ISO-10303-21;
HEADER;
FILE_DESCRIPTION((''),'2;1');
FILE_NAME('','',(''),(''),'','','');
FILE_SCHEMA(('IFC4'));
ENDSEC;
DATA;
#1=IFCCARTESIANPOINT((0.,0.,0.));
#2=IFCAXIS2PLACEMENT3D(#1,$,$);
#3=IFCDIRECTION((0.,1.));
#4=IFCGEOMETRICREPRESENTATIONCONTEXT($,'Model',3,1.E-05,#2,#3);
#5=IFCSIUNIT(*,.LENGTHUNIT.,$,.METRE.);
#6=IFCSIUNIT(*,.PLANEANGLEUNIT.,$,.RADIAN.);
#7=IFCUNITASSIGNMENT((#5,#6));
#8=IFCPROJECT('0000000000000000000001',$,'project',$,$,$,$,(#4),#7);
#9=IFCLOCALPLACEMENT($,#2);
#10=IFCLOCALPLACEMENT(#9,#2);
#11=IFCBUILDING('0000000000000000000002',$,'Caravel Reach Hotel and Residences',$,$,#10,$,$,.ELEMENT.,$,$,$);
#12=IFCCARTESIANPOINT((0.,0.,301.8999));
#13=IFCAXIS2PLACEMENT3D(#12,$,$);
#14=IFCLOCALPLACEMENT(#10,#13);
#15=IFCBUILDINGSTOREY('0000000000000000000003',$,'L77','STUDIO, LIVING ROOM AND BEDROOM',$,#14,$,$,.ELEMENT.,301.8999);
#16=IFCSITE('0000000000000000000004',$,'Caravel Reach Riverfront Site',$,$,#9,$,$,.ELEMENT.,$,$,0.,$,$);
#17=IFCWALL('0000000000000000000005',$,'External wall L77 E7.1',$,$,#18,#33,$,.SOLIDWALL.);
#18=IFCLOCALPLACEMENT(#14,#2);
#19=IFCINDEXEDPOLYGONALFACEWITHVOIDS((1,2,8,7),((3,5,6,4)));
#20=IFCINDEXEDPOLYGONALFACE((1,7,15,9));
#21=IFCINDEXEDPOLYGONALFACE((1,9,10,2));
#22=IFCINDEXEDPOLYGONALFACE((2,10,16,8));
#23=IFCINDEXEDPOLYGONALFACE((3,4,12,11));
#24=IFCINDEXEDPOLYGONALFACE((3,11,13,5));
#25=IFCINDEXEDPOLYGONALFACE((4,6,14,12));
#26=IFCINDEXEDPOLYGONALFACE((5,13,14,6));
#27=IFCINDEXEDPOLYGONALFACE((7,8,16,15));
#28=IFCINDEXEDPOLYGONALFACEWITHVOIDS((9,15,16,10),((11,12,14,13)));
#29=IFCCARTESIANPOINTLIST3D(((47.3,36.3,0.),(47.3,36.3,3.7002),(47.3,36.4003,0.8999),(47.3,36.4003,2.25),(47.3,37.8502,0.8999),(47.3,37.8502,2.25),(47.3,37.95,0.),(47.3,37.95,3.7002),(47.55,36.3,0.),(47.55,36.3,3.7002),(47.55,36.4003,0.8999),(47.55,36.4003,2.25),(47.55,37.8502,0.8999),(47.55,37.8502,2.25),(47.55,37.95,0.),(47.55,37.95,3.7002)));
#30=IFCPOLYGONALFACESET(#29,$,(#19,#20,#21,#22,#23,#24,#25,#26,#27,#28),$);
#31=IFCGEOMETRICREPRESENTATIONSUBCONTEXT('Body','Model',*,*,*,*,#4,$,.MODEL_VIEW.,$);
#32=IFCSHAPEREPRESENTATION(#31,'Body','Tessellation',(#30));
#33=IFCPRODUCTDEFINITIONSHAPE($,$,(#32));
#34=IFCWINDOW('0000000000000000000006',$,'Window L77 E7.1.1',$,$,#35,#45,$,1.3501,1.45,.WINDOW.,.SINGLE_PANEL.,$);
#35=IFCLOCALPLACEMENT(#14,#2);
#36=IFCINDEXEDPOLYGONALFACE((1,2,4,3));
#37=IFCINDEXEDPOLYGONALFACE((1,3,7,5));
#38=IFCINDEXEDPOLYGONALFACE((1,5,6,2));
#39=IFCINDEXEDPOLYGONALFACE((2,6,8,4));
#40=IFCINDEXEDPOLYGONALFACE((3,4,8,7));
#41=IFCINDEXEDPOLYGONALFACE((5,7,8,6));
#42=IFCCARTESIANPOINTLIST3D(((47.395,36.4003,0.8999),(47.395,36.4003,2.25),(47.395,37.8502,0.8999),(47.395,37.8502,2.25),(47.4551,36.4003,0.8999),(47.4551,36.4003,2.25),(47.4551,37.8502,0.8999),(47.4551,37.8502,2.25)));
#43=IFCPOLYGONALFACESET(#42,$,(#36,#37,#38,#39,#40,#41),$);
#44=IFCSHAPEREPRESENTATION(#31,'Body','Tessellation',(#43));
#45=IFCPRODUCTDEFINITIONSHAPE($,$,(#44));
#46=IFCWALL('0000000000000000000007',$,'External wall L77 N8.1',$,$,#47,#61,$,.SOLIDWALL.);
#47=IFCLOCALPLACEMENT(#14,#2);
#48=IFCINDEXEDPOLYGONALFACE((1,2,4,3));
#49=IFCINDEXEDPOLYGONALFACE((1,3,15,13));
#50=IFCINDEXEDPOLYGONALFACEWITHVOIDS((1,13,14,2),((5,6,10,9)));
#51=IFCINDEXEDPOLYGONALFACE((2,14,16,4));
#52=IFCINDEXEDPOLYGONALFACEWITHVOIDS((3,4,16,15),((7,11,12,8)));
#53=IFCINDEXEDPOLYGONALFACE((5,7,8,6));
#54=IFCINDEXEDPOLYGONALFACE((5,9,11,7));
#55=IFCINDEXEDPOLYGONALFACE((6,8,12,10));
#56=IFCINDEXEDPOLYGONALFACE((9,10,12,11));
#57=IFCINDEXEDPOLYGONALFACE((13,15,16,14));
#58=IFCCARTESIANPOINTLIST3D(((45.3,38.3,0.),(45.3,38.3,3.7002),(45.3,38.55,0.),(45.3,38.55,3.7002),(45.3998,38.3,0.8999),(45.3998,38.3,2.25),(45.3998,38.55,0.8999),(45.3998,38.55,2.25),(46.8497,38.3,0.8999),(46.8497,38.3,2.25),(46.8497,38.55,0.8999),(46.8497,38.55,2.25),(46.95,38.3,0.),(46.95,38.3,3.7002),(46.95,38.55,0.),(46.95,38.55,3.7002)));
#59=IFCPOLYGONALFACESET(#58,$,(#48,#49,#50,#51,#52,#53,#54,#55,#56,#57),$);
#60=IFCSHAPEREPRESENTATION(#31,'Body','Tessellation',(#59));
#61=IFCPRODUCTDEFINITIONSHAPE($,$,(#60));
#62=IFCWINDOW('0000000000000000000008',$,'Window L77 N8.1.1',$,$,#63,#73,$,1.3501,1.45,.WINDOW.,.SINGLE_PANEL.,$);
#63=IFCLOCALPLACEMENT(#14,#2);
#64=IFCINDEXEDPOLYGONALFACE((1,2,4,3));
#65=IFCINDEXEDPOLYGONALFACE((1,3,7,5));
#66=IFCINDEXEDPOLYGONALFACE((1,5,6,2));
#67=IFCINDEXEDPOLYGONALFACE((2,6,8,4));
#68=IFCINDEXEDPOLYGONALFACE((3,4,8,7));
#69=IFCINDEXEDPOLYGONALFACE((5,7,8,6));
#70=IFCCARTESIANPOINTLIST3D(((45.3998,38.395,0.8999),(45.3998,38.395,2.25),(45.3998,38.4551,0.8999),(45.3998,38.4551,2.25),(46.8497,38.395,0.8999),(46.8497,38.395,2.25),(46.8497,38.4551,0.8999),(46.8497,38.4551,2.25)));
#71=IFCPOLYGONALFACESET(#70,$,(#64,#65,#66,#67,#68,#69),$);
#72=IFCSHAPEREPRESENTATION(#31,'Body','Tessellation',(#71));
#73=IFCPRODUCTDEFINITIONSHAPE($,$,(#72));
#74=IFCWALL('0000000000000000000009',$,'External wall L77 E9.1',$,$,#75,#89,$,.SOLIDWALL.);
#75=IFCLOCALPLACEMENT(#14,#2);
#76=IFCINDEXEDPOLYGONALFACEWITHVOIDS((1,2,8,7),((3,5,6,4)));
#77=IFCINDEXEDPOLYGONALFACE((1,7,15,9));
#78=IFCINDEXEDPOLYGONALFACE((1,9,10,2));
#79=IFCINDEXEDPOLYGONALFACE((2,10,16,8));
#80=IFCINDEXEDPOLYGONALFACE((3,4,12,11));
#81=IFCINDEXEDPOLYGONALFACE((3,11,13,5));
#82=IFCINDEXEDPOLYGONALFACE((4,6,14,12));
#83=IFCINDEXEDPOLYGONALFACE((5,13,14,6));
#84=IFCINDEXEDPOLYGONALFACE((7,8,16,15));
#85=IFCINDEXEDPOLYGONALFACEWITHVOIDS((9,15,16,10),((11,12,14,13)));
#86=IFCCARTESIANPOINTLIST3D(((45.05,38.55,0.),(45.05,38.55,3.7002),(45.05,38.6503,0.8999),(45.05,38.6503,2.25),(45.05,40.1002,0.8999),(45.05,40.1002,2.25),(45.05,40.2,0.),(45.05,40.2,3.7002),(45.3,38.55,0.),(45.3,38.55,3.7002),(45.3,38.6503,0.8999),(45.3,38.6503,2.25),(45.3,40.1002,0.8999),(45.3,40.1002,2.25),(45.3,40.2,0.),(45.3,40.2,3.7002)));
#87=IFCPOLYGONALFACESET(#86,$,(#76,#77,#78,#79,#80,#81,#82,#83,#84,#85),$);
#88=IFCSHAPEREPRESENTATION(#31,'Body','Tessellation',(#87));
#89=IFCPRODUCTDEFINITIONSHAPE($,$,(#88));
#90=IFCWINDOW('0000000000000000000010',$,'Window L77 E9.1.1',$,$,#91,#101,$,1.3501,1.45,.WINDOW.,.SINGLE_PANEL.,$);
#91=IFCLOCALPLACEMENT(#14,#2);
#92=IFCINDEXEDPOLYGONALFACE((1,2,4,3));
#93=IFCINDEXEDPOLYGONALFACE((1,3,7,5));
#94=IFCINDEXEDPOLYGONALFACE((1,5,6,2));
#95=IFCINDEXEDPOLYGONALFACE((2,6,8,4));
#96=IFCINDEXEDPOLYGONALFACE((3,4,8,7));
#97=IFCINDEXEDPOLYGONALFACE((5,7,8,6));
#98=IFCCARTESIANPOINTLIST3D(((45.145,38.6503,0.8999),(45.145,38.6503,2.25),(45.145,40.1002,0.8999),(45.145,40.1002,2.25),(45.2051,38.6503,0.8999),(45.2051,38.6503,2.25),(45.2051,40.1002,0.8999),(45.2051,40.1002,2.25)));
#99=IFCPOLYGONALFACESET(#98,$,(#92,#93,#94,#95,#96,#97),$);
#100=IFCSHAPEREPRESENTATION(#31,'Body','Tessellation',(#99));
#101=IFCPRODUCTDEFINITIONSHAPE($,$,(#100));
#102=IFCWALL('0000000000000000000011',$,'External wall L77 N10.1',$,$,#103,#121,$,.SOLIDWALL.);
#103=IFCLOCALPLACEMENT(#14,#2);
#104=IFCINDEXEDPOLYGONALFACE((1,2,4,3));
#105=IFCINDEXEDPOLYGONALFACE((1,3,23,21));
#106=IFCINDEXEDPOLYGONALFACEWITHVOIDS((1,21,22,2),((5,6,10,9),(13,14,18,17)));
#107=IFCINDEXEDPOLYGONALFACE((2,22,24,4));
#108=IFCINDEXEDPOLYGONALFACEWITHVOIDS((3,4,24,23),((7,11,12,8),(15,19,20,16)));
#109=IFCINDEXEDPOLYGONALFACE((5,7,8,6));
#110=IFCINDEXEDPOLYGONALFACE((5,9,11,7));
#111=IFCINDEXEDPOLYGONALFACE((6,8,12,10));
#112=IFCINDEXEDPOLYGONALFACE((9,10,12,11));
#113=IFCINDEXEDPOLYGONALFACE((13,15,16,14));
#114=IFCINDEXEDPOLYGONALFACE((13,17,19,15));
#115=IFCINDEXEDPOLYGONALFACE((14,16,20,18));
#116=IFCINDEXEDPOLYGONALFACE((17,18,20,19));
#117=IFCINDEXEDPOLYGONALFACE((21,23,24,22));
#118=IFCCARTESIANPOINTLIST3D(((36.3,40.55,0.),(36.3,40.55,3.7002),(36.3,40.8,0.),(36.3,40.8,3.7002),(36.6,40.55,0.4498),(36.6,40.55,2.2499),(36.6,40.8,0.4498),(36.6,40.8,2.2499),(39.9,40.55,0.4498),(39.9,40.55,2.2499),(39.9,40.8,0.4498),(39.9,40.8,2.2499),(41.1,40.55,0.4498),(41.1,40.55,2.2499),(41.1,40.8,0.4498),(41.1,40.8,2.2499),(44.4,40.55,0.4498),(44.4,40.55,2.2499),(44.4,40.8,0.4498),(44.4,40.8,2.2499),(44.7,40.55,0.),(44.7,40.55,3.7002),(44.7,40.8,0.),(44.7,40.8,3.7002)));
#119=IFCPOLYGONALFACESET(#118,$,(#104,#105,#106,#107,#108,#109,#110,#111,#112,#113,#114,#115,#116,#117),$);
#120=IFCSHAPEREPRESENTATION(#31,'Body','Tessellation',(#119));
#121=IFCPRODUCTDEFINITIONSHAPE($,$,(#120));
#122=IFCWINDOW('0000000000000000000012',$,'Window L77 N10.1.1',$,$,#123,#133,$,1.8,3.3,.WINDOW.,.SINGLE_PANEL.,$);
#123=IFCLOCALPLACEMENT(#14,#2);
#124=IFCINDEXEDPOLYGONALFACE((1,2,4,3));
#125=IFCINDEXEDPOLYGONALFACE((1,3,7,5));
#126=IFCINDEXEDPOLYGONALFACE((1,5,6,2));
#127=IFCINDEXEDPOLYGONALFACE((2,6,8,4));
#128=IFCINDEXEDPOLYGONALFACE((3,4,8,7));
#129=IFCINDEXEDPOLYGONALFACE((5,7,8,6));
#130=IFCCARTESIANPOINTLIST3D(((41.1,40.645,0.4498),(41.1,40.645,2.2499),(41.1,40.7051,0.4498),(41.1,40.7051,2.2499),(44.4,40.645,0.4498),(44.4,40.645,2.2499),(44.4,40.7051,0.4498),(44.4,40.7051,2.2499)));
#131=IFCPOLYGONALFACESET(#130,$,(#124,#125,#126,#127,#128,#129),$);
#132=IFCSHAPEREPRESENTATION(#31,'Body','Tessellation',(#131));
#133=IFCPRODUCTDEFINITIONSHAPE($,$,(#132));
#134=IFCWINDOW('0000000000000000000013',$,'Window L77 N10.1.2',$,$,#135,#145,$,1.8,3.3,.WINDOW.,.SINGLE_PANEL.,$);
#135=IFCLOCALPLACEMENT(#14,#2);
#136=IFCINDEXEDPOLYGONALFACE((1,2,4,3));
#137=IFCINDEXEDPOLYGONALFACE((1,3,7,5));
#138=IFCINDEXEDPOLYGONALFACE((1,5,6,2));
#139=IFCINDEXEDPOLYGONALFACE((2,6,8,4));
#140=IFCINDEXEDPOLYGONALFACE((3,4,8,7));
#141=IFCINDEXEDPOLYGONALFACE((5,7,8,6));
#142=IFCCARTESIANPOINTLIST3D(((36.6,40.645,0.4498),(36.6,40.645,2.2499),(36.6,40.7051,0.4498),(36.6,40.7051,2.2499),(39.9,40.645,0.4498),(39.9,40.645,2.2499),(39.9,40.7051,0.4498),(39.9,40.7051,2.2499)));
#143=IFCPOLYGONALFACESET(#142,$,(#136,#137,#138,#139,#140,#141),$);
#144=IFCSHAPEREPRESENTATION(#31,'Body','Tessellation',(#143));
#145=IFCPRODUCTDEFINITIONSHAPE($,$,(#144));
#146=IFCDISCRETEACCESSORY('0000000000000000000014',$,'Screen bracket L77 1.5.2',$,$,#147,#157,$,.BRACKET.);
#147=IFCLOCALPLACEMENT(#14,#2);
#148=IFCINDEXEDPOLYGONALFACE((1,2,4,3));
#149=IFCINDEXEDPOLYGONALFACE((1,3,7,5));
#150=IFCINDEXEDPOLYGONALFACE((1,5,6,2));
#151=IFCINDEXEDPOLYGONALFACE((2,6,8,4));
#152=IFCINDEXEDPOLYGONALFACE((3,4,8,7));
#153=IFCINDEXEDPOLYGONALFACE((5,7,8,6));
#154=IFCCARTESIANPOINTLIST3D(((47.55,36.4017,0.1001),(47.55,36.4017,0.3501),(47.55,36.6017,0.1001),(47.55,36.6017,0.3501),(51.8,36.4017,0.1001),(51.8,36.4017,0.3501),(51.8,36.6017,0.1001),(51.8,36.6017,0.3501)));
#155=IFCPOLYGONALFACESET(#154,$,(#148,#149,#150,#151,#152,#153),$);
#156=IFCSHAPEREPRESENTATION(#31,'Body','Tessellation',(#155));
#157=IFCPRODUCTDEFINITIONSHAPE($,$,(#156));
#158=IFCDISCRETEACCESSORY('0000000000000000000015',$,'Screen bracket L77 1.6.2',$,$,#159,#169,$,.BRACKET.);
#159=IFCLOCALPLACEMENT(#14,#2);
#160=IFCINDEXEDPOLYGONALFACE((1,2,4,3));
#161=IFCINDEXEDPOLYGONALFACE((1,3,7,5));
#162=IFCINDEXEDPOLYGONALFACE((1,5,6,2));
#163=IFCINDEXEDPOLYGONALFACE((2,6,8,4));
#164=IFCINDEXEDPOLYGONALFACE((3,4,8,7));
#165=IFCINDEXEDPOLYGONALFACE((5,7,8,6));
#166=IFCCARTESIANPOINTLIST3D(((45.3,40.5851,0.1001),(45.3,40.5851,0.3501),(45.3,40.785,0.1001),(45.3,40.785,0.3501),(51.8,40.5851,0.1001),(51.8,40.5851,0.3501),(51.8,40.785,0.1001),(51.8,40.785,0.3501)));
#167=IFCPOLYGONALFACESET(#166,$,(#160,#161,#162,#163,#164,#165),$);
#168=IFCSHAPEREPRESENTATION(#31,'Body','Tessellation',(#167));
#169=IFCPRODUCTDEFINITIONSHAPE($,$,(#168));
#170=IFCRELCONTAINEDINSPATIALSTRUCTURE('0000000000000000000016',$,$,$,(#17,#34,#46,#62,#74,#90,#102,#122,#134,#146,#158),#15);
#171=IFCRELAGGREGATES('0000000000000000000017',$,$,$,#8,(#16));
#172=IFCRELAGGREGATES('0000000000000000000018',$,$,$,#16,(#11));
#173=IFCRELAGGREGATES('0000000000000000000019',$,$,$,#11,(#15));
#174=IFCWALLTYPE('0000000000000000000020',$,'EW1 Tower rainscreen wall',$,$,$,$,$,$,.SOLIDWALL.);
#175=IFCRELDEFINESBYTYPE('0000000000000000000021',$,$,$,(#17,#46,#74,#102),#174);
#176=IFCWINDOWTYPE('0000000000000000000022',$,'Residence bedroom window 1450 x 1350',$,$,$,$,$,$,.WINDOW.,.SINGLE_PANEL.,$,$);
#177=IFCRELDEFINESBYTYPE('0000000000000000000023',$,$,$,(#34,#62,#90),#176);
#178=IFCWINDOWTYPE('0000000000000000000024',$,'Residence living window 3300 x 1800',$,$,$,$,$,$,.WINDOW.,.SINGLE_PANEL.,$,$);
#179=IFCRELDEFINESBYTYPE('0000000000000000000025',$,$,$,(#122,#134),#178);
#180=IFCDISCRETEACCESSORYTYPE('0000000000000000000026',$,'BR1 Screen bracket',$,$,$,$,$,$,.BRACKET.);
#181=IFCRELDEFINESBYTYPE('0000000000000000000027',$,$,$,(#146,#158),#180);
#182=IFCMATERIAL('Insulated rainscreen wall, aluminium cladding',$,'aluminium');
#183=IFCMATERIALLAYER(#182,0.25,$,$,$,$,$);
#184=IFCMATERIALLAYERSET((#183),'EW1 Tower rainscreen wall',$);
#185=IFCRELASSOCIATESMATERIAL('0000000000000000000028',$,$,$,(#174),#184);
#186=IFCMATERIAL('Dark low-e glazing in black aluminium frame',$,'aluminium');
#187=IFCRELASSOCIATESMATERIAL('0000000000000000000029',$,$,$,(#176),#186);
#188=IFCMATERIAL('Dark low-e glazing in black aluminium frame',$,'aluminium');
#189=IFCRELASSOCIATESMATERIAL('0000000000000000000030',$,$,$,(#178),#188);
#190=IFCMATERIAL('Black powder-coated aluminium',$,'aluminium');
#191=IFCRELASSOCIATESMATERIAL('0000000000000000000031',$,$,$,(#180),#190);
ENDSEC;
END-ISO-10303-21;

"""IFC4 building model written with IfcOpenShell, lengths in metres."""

from ifc_helpers import new_model, si_unit, direction, frame, frame_2d, origin, origin_2d, place, context, subcontext, project, spatial, rectangle, extrude, material, layer, layer_set, type_object, element, fill, save


model = new_model("IFC4")

# Units and contexts
model_context = context("Model", 3, precision=1e-05, world=origin(), true_north=direction((0.0, 1.0)))
body_context = subcontext(model_context, "Body", "Model", "MODEL_VIEW")
ifc_project = project(units=[si_unit("LENGTHUNIT", "METRE"), si_unit("PLANEANGLEUNIT", "RADIAN")], contexts=[model_context])

# Site, building, storey
site_placement = place(None, origin())
site = spatial("IfcSite", under=ifc_project, at=site_placement, Name="Caravel Reach Riverfront Site", CompositionType="ELEMENT", RefElevation=0.0)
building_placement = place(site_placement, origin())
building = spatial("IfcBuilding", under=site, at=building_placement, Name="Caravel Reach Hotel and Residences", CompositionType="ELEMENT")
storey_placement = place(building_placement, frame((0.0, 0.0, 301.8999)))
storey = spatial("IfcBuildingStorey", under=building, at=storey_placement, Name="L77", Description="STUDIO, LIVING ROOM AND BEDROOM", CompositionType="ELEMENT", Elevation=301.8999)

# Walls, openings, windows
ifc_material_1 = material(Name="Insulated rainscreen wall, aluminium cladding", Category="aluminium")
ifc_layer = layer(ifc_material_1, 0.25)
ifc_layer_set = layer_set([ifc_layer], Name="EW1 Tower rainscreen wall")
wall_type = type_object("IfcWallType", Name="EW1 Tower rainscreen wall", PredefinedType="SOLIDWALL", material=ifc_layer_set)
wall_1_placement = place(storey_placement, frame((47.425, 36.3, 0.0), z_axis=(0.0, 0.0, 1.0), x_axis=(0.0, 1.0, 0.0)))
wall_1 = element("IfcWall", 1, at=wall_1_placement, inside=storey, type_object=wall_type, Name="External wall L77 E7.1", PredefinedType="SOLIDWALL", context=body_context, shape_type="SweptSolid", body=[
    extrude(rectangle(XDim=1.6499, YDim=0.25, at=frame_2d((0.825, 0.0))), origin(), (0.0, 0.0, 1.0), 3.7002),
])
opening_1_placement = place(wall_1_placement, frame((0.1001, 0.0, 0.8999)))
opening_1 = element("IfcOpeningElement", 2, at=opening_1_placement, cuts=wall_1, PredefinedType="OPENING", context=body_context, shape_type="SweptSolid", body=[
    extrude(rectangle(XDim=1.45, YDim=1.3501, at=frame_2d((0.7251, 0.675))), frame((0.0, 0.135, 0.0), z_axis=(0.0, -1.0, 0.0), x_axis=(1.0, 0.0, 0.0)), (0.0, 0.0, 1.0), 0.27),
])
ifc_material_2 = material(Name="Dark low-e glazing in black aluminium frame", Category="aluminium")
window_type_1 = type_object("IfcWindowType", Name="Residence bedroom window 1450 x 1350", PartitioningType="SINGLE_PANEL", PredefinedType="WINDOW", material=ifc_material_2)
window_1_placement = place(opening_1_placement, origin())
window_1 = element("IfcWindow", 3, at=window_1_placement, inside=storey, type_object=window_type_1, Name="Window L77 E7.1.1", OverallHeight=1.3501, OverallWidth=1.45, PartitioningType="SINGLE_PANEL", PredefinedType="WINDOW", context=body_context, shape_type="SweptSolid", body=[
    extrude(rectangle(XDim=1.45, YDim=1.3501, at=frame_2d((0.7251, 0.675))), frame((0.0, 0.03, 0.0), z_axis=(0.0, -1.0, 0.0), x_axis=(1.0, 0.0, 0.0)), (0.0, 0.0, 1.0), 0.0601),
])
fill(opening_1, window_1)
wall_2_placement = place(storey_placement, frame((46.95, 38.425, 0.0), z_axis=(0.0, 0.0, 1.0), x_axis=(-1.0, 0.0, 0.0)))
wall_2 = element("IfcWall", 4, at=wall_2_placement, inside=storey, type_object=wall_type, Name="External wall L77 N8.1", PredefinedType="SOLIDWALL", context=body_context, shape_type="SweptSolid", body=[
    extrude(rectangle(XDim=1.6499, YDim=0.25, at=frame_2d((0.825, 0.0))), origin(), (0.0, 0.0, 1.0), 3.7002),
])
opening_2_placement = place(wall_2_placement, frame((0.1001, 0.0, 0.8999)))
opening_2 = element("IfcOpeningElement", 5, at=opening_2_placement, cuts=wall_2, PredefinedType="OPENING", context=body_context, shape_type="SweptSolid", body=[
    extrude(rectangle(XDim=1.45, YDim=1.3501, at=frame_2d((0.7251, 0.675))), frame((0.0, 0.135, 0.0), z_axis=(0.0, -1.0, 0.0), x_axis=(1.0, 0.0, 0.0)), (0.0, 0.0, 1.0), 0.27),
])
window_2_placement = place(opening_2_placement, origin())
window_2 = element("IfcWindow", 6, at=window_2_placement, inside=storey, type_object=window_type_1, Name="Window L77 N8.1.1", OverallHeight=1.3501, OverallWidth=1.45, PartitioningType="SINGLE_PANEL", PredefinedType="WINDOW", context=body_context, shape_type="SweptSolid", body=[
    extrude(rectangle(XDim=1.45, YDim=1.3501, at=frame_2d((0.7251, 0.675))), frame((0.0, 0.03, 0.0), z_axis=(0.0, -1.0, 0.0), x_axis=(1.0, 0.0, 0.0)), (0.0, 0.0, 1.0), 0.0601),
])
fill(opening_2, window_2)
wall_3_placement = place(storey_placement, frame((45.175, 38.55, 0.0), z_axis=(0.0, 0.0, 1.0), x_axis=(0.0, 1.0, 0.0)))
wall_3 = element("IfcWall", 7, at=wall_3_placement, inside=storey, type_object=wall_type, Name="External wall L77 E9.1", PredefinedType="SOLIDWALL", context=body_context, shape_type="SweptSolid", body=[
    extrude(rectangle(XDim=1.6499, YDim=0.25, at=frame_2d((0.825, 0.0))), origin(), (0.0, 0.0, 1.0), 3.7002),
])
opening_3_placement = place(wall_3_placement, frame((0.1001, 0.0, 0.8999)))
opening_3 = element("IfcOpeningElement", 8, at=opening_3_placement, cuts=wall_3, PredefinedType="OPENING", context=body_context, shape_type="SweptSolid", body=[
    extrude(rectangle(XDim=1.45, YDim=1.3501, at=frame_2d((0.7251, 0.675))), frame((0.0, 0.135, 0.0), z_axis=(0.0, -1.0, 0.0), x_axis=(1.0, 0.0, 0.0)), (0.0, 0.0, 1.0), 0.27),
])
window_3_placement = place(opening_3_placement, origin())
window_3 = element("IfcWindow", 9, at=window_3_placement, inside=storey, type_object=window_type_1, Name="Window L77 E9.1.1", OverallHeight=1.3501, OverallWidth=1.45, PartitioningType="SINGLE_PANEL", PredefinedType="WINDOW", context=body_context, shape_type="SweptSolid", body=[
    extrude(rectangle(XDim=1.45, YDim=1.3501, at=frame_2d((0.7251, 0.675))), frame((0.0, 0.03, 0.0), z_axis=(0.0, -1.0, 0.0), x_axis=(1.0, 0.0, 0.0)), (0.0, 0.0, 1.0), 0.0601),
])
fill(opening_3, window_3)

# Wall, openings, windows
wall_4_placement = place(storey_placement, frame((44.7, 40.675, 0.0), z_axis=(0.0, 0.0, 1.0), x_axis=(-1.0, 0.0, 0.0)))
wall_4 = element("IfcWall", 10, at=wall_4_placement, inside=storey, type_object=wall_type, Name="External wall L77 N10.1", PredefinedType="SOLIDWALL", context=body_context, shape_type="SweptSolid", body=[
    extrude(rectangle(XDim=8.3999, YDim=0.25, at=frame_2d((4.2, 0.0))), origin(), (0.0, 0.0, 1.0), 3.7002),
])
opening_4_placement = place(wall_4_placement, frame((0.3, 0.0, 0.45)))
opening_4 = element("IfcOpeningElement", 11, at=opening_4_placement, cuts=wall_4, PredefinedType="OPENING", context=body_context, shape_type="SweptSolid", body=[
    extrude(rectangle(XDim=3.3, YDim=1.8, at=frame_2d((1.6499, 0.8999))), frame((0.0, 0.135, 0.0), z_axis=(0.0, -1.0, 0.0), x_axis=(1.0, 0.0, 0.0)), (0.0, 0.0, 1.0), 0.27),
])
opening_5_placement = place(wall_4_placement, frame((4.8, 0.0, 0.45)))
opening_5 = element("IfcOpeningElement", 12, at=opening_5_placement, cuts=wall_4, PredefinedType="OPENING", context=body_context, shape_type="SweptSolid", body=[
    extrude(rectangle(XDim=3.3, YDim=1.8, at=frame_2d((1.6499, 0.8999))), frame((0.0, 0.135, 0.0), z_axis=(0.0, -1.0, 0.0), x_axis=(1.0, 0.0, 0.0)), (0.0, 0.0, 1.0), 0.27),
])
ifc_material_3 = material(Name="Dark low-e glazing in black aluminium frame", Category="aluminium")
window_type_2 = type_object("IfcWindowType", Name="Residence living window 3300 x 1800", PartitioningType="SINGLE_PANEL", PredefinedType="WINDOW", material=ifc_material_3)
window_4_placement = place(opening_4_placement, origin())
window_4 = element("IfcWindow", 13, at=window_4_placement, inside=storey, type_object=window_type_2, Name="Window L77 N10.1.1", OverallHeight=1.8, OverallWidth=3.3, PartitioningType="SINGLE_PANEL", PredefinedType="WINDOW", context=body_context, shape_type="SweptSolid", body=[
    extrude(rectangle(XDim=3.3, YDim=1.8, at=frame_2d((1.6499, 0.8999))), frame((0.0, 0.03, 0.0), z_axis=(0.0, -1.0, 0.0), x_axis=(1.0, 0.0, 0.0)), (0.0, 0.0, 1.0), 0.0601),
])
fill(opening_4, window_4)
window_5_placement = place(opening_5_placement, origin())
window_5 = element("IfcWindow", 14, at=window_5_placement, inside=storey, type_object=window_type_2, Name="Window L77 N10.1.2", OverallHeight=1.8, OverallWidth=3.3, PartitioningType="SINGLE_PANEL", PredefinedType="WINDOW", context=body_context, shape_type="SweptSolid", body=[
    extrude(rectangle(XDim=3.3, YDim=1.8, at=frame_2d((1.6499, 0.8999))), frame((0.0, 0.03, 0.0), z_axis=(0.0, -1.0, 0.0), x_axis=(1.0, 0.0, 0.0)), (0.0, 0.0, 1.0), 0.0601),
])
fill(opening_5, window_5)

# Discrete accessories
ifc_material_4 = material(Name="Black powder-coated aluminium", Category="aluminium")
discrete_accessory_type = type_object("IfcDiscreteAccessoryType", Name="BR1 Screen bracket", PredefinedType="BRACKET", material=ifc_material_4)
discrete_accessory_placement = place(storey_placement, frame((49.675, 36.5017, 0.1001), z_axis=(0.0, 0.0, 1.0), x_axis=(1.0, 0.0, 0.0)))
element("IfcDiscreteAccessory", 15, at=discrete_accessory_placement, inside=storey, type_object=discrete_accessory_type, Name="Screen bracket L77 1.5.2", PredefinedType="BRACKET", context=body_context, shape_type="SweptSolid", body=[
    extrude(rectangle(XDim=4.25, YDim=0.2, at=origin_2d()), origin(), (0.0, 0.0, 1.0), 0.25),
])
for number, where, z_axis, x_axis, name in (
    (16, (48.55, 40.6851, 0.1001), (0.0, 0.0, 1.0), (1.0, 0.0, 0.0), "Screen bracket L77 1.6.2"),
):
    element("IfcDiscreteAccessory", number, at=place(storey_placement, frame(where, z_axis=z_axis, x_axis=x_axis)), inside=storey, type_object=discrete_accessory_type, Name=name, PredefinedType="BRACKET", context=body_context, shape_type="SweptSolid", body=[
        extrude(rectangle(XDim=6.5, YDim=0.2, at=origin_2d()), origin(), (0.0, 0.0, 1.0), 0.25),
    ])

save(model, "model.ifc")
